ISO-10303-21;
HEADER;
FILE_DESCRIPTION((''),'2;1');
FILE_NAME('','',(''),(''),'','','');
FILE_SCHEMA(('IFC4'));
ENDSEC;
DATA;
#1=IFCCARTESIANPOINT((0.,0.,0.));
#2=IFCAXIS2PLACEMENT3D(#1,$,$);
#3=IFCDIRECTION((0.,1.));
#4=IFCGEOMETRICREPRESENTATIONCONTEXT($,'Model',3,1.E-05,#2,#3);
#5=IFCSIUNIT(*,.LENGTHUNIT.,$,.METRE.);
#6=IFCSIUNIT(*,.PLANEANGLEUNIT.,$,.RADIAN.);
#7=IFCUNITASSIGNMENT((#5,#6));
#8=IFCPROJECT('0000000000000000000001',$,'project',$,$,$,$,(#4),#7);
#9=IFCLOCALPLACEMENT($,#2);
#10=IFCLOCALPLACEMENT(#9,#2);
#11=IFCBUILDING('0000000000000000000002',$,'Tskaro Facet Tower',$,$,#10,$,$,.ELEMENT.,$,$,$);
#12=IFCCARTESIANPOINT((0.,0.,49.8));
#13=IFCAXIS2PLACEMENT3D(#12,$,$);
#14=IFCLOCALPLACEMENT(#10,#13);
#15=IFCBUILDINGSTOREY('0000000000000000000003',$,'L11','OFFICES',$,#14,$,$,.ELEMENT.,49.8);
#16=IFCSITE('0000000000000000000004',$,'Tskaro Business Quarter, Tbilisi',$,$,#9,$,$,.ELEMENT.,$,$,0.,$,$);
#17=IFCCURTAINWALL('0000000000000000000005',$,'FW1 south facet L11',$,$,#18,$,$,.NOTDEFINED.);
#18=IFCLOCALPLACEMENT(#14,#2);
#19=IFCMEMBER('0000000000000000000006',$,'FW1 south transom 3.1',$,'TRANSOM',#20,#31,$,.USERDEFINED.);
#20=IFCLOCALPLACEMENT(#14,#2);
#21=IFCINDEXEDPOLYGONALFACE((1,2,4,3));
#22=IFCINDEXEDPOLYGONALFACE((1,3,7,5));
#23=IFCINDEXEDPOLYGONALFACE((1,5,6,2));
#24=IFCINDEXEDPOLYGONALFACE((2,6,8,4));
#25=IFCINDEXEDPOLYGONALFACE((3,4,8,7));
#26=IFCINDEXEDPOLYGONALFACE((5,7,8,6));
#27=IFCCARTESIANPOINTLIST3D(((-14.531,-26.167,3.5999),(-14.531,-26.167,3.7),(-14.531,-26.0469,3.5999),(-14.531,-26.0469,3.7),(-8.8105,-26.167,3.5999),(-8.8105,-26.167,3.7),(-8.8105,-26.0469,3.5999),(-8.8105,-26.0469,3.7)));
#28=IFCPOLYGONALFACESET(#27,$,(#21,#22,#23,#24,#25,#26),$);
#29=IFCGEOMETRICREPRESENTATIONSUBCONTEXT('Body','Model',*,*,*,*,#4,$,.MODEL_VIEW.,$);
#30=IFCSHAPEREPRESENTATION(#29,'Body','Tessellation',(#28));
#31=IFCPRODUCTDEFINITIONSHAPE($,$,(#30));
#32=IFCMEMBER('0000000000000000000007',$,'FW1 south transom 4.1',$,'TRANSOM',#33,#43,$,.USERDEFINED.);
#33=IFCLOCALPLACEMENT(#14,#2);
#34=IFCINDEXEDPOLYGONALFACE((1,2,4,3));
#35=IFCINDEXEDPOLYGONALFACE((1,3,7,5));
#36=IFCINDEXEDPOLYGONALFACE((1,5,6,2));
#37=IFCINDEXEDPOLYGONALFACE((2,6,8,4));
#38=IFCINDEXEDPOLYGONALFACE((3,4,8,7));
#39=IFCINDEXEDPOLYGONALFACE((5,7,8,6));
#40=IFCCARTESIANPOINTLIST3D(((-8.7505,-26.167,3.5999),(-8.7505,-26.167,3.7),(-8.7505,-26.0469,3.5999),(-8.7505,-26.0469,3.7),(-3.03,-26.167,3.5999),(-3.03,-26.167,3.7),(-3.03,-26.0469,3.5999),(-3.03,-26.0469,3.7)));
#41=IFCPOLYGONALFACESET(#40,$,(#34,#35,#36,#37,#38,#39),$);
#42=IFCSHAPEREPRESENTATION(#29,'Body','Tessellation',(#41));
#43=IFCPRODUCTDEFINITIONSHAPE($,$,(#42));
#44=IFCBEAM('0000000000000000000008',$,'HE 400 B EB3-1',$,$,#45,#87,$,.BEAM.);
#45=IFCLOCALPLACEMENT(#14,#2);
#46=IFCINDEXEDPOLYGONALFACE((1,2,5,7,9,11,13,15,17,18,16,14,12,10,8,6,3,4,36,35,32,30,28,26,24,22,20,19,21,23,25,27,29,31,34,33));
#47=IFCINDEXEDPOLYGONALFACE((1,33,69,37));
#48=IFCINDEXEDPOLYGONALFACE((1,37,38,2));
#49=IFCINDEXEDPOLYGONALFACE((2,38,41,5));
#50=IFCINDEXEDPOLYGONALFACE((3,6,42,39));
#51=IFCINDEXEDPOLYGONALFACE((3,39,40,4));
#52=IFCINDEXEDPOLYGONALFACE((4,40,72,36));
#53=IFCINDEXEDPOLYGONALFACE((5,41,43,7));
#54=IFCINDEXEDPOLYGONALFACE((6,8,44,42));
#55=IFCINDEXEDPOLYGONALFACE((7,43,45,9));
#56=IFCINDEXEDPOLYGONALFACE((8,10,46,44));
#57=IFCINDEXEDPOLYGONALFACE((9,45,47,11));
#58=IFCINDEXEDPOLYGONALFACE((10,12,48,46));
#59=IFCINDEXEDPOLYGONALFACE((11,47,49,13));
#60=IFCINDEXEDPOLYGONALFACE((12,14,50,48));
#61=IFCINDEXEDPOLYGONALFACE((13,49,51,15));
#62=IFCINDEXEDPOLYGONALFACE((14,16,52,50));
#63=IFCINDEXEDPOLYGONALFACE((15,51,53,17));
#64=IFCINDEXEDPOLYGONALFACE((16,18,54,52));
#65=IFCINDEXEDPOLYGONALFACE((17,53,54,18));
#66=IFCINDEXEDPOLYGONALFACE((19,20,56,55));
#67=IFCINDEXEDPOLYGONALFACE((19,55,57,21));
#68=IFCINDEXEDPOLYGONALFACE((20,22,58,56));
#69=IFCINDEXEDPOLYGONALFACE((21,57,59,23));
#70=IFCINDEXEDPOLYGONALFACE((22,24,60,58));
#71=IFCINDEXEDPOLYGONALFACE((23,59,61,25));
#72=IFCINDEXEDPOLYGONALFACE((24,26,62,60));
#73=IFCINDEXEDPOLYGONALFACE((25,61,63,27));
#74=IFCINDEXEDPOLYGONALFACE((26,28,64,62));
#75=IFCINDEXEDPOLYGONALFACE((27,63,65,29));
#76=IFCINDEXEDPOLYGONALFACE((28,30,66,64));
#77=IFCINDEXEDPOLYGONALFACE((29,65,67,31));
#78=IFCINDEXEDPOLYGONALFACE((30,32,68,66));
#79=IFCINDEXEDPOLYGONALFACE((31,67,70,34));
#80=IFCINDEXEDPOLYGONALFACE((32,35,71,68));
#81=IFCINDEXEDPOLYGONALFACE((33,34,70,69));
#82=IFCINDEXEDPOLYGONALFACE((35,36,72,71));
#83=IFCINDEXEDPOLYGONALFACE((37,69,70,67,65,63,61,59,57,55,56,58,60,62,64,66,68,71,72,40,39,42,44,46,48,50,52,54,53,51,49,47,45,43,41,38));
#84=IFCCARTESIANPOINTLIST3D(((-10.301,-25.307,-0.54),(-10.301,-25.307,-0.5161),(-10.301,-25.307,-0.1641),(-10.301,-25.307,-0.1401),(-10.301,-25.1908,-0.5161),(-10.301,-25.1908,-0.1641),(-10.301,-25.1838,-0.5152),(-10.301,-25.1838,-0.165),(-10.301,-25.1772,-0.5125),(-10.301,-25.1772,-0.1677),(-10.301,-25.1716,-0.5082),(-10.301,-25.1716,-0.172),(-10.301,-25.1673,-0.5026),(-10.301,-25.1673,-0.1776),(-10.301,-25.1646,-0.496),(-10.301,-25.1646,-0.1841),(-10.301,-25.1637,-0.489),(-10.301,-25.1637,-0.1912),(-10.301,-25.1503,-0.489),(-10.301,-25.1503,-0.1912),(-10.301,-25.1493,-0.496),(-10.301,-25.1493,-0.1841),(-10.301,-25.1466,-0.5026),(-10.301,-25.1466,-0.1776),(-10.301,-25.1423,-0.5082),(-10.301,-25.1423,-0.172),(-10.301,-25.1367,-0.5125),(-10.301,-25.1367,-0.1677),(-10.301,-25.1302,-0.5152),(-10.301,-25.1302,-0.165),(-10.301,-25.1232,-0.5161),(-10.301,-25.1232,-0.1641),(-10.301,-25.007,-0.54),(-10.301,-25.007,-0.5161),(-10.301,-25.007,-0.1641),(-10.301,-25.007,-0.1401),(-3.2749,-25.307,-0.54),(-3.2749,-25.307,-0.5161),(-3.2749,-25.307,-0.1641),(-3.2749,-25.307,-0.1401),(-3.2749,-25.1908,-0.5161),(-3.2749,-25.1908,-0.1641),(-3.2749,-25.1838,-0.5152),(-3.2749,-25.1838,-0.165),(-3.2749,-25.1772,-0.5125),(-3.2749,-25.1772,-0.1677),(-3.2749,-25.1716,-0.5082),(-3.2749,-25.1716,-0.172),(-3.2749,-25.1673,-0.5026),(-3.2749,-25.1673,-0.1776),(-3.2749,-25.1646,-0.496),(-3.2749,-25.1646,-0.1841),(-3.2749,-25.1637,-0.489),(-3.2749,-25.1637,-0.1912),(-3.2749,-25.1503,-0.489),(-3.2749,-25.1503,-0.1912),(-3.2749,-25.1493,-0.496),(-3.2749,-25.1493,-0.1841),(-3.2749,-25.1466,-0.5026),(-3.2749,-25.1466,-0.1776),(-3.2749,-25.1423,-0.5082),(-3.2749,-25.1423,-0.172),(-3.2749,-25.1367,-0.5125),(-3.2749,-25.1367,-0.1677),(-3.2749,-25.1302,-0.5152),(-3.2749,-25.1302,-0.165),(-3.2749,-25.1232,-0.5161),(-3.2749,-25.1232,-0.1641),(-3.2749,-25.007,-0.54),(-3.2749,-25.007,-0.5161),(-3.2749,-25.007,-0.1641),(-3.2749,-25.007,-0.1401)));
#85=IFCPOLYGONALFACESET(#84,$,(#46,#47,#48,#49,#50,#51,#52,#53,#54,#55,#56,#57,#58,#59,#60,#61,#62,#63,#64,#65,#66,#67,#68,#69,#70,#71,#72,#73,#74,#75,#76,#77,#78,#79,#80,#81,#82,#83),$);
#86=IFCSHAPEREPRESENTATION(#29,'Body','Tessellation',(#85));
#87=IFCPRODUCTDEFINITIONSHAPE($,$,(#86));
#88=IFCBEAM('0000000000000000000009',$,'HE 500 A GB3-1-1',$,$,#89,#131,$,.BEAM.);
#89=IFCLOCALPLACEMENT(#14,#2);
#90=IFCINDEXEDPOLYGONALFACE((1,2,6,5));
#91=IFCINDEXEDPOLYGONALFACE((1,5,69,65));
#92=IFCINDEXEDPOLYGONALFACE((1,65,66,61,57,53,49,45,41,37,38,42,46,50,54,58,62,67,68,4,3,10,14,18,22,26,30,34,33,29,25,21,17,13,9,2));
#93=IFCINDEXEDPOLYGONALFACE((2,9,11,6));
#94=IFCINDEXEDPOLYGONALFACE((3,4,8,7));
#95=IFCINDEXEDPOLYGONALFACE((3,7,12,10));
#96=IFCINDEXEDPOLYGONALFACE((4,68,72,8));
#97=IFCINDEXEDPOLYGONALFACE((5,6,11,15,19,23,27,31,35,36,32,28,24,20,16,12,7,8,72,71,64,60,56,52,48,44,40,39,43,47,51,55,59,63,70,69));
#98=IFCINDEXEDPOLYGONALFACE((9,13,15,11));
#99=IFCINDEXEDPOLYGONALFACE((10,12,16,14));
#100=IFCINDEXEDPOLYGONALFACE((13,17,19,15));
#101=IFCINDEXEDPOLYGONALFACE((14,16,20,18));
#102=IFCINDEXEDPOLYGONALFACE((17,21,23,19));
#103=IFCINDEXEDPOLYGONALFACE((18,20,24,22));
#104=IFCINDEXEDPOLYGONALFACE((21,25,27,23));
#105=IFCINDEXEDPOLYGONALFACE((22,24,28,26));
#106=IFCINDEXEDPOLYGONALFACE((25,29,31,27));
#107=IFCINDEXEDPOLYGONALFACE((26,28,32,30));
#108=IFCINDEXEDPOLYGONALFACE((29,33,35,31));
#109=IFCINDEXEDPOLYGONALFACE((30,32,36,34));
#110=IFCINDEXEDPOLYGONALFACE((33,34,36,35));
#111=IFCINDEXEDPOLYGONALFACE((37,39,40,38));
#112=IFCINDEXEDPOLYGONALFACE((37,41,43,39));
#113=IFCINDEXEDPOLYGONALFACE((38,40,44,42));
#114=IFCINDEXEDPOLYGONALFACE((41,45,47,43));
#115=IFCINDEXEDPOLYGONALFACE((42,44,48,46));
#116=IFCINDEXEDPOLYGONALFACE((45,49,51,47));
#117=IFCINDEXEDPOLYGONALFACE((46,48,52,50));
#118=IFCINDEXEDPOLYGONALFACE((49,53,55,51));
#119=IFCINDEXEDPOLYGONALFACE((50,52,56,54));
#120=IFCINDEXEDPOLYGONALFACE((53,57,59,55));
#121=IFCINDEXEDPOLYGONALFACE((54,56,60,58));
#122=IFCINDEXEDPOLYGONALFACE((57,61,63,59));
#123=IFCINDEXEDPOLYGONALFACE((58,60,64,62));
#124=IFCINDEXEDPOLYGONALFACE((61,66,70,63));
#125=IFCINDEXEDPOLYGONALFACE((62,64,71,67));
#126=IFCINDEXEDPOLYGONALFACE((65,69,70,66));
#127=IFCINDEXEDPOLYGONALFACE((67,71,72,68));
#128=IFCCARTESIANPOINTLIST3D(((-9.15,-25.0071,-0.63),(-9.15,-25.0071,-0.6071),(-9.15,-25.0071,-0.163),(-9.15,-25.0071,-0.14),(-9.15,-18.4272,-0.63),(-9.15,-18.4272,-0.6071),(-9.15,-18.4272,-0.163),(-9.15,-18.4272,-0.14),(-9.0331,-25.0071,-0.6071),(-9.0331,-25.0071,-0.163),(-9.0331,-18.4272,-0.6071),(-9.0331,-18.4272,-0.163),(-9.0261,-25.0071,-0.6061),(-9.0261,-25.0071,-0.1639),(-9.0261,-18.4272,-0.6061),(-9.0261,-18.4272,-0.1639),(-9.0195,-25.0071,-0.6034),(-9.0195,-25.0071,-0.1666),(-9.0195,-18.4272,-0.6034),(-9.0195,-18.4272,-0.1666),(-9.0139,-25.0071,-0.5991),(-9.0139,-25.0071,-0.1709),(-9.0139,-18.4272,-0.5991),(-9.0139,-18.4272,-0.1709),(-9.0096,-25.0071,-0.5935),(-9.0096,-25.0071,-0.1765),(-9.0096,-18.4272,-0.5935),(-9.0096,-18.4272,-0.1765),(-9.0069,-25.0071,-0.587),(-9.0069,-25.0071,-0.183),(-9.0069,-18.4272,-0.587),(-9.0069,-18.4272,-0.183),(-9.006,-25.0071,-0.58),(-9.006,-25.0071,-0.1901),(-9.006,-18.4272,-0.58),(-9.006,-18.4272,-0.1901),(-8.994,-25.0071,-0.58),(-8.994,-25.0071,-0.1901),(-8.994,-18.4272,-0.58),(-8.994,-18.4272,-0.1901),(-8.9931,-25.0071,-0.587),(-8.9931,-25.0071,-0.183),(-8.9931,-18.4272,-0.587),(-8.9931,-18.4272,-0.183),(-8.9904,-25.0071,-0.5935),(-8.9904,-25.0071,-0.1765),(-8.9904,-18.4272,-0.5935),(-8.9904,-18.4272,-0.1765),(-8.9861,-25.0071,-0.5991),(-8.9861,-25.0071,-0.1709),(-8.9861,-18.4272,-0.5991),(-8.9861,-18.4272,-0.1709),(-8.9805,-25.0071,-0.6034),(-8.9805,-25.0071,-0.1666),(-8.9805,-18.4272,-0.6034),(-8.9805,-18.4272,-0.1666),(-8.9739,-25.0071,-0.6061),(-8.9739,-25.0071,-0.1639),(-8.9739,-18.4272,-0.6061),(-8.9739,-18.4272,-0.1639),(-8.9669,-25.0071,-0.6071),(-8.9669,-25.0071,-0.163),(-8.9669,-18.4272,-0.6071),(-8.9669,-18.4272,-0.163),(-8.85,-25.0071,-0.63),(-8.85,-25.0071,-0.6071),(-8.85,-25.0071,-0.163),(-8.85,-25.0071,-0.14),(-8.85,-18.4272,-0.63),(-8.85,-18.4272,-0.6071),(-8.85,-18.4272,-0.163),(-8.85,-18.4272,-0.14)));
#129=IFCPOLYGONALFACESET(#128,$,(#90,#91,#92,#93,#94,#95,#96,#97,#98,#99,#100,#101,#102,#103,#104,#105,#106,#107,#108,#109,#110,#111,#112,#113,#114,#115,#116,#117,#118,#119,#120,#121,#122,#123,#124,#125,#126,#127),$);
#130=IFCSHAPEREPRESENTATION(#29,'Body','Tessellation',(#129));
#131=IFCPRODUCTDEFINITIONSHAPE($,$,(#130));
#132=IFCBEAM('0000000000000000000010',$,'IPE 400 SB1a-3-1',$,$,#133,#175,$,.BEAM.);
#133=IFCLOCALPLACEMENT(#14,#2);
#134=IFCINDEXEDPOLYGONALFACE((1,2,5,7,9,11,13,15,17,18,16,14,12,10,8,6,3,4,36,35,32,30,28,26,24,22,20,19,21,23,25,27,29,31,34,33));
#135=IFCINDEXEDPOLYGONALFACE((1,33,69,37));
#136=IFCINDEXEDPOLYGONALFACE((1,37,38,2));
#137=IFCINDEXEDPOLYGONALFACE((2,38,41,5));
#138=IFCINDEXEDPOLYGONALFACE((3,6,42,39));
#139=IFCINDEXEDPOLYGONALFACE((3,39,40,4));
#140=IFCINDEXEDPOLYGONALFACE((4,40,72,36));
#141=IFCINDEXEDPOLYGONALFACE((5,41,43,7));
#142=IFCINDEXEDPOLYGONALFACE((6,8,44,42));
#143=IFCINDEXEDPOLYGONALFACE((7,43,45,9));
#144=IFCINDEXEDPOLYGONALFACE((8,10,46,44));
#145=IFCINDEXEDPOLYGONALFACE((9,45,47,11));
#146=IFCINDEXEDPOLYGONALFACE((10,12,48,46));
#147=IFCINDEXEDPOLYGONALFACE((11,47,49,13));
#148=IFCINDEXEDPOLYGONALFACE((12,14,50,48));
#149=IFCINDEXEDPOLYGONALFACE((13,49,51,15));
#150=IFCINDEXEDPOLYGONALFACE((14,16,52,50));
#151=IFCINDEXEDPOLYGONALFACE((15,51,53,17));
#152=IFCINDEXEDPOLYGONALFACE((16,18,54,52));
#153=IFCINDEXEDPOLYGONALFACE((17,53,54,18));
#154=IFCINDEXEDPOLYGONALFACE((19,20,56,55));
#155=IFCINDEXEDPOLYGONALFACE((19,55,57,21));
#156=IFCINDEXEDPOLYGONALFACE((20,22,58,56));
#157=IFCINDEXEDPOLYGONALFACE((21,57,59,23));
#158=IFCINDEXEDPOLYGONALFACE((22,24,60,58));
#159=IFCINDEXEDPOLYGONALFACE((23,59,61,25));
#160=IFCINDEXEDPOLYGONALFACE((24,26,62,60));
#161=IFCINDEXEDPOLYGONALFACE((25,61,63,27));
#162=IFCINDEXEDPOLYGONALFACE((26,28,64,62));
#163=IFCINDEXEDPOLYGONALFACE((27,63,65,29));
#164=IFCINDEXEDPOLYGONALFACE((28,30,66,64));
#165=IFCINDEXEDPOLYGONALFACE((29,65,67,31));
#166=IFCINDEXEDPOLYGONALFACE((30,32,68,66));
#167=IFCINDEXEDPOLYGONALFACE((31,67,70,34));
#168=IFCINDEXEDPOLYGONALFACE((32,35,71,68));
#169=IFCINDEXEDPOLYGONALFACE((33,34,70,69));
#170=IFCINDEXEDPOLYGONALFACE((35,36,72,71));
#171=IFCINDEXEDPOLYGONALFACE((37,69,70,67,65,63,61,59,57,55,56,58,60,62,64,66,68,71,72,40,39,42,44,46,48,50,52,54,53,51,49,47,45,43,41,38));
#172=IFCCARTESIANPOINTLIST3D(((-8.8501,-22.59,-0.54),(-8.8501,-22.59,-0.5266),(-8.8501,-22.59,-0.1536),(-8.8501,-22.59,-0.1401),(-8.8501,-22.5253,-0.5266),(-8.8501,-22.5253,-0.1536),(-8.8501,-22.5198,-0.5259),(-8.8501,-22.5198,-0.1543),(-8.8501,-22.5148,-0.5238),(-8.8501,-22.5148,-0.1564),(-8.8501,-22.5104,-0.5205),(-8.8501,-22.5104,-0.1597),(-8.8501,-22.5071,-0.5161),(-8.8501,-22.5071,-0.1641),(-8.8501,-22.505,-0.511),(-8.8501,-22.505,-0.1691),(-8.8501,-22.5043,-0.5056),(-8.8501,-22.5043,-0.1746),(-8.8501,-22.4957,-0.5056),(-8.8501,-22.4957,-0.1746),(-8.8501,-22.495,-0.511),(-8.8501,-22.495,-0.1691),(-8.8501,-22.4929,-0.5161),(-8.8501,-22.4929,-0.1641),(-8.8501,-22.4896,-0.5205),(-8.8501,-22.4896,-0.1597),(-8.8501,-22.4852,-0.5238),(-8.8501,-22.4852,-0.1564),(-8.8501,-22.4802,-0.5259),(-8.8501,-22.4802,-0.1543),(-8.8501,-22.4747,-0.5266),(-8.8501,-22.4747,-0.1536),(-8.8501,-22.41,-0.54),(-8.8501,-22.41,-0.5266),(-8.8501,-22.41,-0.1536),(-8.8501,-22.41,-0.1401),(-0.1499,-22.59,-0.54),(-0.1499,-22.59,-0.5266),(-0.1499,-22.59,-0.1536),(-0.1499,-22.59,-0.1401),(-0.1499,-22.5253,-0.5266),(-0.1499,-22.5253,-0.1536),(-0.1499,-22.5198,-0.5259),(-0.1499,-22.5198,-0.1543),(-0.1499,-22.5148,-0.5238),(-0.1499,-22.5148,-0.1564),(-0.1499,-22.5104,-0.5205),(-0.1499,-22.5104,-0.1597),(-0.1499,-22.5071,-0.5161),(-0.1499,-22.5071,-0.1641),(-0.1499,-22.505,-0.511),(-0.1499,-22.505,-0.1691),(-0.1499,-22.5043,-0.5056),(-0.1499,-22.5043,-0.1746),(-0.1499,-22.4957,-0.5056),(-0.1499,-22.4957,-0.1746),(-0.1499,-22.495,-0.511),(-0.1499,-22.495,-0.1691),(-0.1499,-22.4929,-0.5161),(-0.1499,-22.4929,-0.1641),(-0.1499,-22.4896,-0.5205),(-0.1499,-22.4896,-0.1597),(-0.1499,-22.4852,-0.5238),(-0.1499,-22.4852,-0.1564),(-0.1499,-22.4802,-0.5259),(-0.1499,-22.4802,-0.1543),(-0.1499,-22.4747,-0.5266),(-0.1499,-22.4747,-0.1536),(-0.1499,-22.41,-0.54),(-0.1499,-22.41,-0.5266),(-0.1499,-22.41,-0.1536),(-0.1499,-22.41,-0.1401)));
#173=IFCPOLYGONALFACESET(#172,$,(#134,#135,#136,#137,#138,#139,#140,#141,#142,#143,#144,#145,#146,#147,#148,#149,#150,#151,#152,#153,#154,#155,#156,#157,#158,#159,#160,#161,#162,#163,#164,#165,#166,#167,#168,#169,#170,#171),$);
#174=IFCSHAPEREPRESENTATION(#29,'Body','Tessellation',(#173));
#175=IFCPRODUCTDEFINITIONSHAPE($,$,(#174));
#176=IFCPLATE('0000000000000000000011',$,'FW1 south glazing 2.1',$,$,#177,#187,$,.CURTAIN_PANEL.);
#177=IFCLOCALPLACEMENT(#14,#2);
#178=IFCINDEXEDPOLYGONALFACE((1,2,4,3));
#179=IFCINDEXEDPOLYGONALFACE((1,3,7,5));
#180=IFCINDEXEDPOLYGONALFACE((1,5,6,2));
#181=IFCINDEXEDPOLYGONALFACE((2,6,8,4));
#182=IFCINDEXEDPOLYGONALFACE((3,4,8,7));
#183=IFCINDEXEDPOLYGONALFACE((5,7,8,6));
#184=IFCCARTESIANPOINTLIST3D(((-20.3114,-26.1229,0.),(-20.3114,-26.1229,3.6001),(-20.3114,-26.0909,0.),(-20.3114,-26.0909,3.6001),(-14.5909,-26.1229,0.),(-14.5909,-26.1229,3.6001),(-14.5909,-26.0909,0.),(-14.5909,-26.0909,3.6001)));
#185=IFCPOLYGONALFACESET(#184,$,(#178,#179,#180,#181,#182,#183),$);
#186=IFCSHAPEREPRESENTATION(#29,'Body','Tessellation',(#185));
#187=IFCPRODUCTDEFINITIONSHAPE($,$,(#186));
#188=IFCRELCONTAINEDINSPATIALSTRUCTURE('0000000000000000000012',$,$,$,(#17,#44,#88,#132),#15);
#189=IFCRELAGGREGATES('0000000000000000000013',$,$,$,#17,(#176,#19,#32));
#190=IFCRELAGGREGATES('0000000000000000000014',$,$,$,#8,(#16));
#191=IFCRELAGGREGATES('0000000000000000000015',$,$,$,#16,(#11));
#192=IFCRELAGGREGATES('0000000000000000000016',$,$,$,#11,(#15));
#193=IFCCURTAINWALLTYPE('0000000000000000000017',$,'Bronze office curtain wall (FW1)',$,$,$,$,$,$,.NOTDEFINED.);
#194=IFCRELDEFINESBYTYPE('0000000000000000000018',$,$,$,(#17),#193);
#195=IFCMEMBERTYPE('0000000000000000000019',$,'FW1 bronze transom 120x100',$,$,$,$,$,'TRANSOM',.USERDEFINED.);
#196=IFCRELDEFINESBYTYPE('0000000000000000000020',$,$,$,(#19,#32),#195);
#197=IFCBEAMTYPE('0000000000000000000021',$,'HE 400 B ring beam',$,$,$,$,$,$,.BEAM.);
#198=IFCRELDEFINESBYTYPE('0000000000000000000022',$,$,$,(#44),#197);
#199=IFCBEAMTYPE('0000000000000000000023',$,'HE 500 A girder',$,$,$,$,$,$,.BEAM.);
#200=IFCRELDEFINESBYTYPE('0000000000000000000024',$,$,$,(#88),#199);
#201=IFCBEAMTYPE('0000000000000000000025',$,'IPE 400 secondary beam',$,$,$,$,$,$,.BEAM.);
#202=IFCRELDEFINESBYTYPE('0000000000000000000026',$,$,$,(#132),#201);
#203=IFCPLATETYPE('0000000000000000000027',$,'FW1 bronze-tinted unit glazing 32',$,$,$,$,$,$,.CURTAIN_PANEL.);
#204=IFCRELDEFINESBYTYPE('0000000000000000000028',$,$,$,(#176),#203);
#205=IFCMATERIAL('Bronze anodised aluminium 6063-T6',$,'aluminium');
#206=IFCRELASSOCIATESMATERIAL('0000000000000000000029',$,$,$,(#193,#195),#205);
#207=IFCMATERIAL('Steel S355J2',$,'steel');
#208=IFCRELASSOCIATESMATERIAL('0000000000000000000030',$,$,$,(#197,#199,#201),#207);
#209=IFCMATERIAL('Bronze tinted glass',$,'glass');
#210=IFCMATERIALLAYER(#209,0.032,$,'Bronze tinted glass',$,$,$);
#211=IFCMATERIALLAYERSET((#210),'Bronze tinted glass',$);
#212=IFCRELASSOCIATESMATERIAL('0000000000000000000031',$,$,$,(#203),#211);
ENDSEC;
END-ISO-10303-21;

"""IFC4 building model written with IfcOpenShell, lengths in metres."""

from ifc_helpers import new_model, si_unit, direction, frame, origin, origin_2d, place, context, subcontext, project, spatial, rectangle, i_section, extrude, material, layer, layer_set, material_profile, profile_set, type_object, element, aggregate, save


model = new_model("IFC4")

# Units and contexts
model_context = context("Model", 3, precision=1e-05, world=origin(), true_north=direction((0.0, 1.0)))
body_context = subcontext(model_context, "Body", "Model", "MODEL_VIEW")
ifc_project = project(units=[si_unit("LENGTHUNIT", "METRE"), si_unit("PLANEANGLEUNIT", "RADIAN")], contexts=[model_context])

# Site, building, storey
site_placement = place(None, origin())
site = spatial("IfcSite", under=ifc_project, at=site_placement, Name="Tskaro Business Quarter, Tbilisi", CompositionType="ELEMENT", RefElevation=0.0)
building_placement = place(site_placement, origin())
building = spatial("IfcBuilding", under=site, at=building_placement, Name="Tskaro Facet Tower", CompositionType="ELEMENT")
storey_placement = place(building_placement, frame((0.0, 0.0, 49.8)))
storey = spatial("IfcBuildingStorey", under=building, at=storey_placement, Name="L11", Description="OFFICES", CompositionType="ELEMENT", Elevation=49.8)

# Curtain wall, members
ifc_material_1 = material(Name="Bronze anodised aluminium 6063-T6", Category="aluminium")
curtain_wall_type = type_object("IfcCurtainWallType", Name="Bronze office curtain wall (FW1)", PredefinedType="NOTDEFINED", material=ifc_material_1)
curtain_wall_placement = place(storey_placement, origin())
curtain_wall = element("IfcCurtainWall", 1, at=curtain_wall_placement, inside=storey, type_object=curtain_wall_type, Name="FW1 south facet L11", PredefinedType="NOTDEFINED")
ifc_material_profile_1 = material_profile(ifc_material_1, rectangle(XDim=0.1201, YDim=0.1001, at=origin_2d()), Name="Transom 120x100")
ifc_profile_set_1 = profile_set([ifc_material_profile_1], Name="Bronze anodised aluminium 6063-T6")
member_type_1 = type_object("IfcMemberType", Name="FW1 bronze transom 120x100", ElementType="TRANSOM", PredefinedType="USERDEFINED", material=ifc_profile_set_1)
member_1_placement = place(storey_placement, frame((-14.531, -26.1069, 3.6499), z_axis=(1.0, 0.0, 0.0), x_axis=(0.0, 1.0, 0.0)))
member_1 = element("IfcMember", 2, at=member_1_placement, type_object=member_type_1, Name="FW1 south transom 3.1", ObjectType="TRANSOM", PredefinedType="USERDEFINED", context=body_context, shape_type="SweptSolid", body=[
    extrude(rectangle(XDim=0.1201, YDim=0.1001, at=origin_2d()), origin(), (0.0, 0.0, 1.0), 5.7205),
])
member_2_placement = place(storey_placement, frame((-8.7505, -26.1069, 3.6499), z_axis=(1.0, 0.0, 0.0), x_axis=(0.0, 1.0, 0.0)))
member_2 = element("IfcMember", 3, at=member_2_placement, type_object=member_type_1, Name="FW1 south transom 4.1", ObjectType="TRANSOM", PredefinedType="USERDEFINED", context=body_context, shape_type="SweptSolid", body=[
    extrude(rectangle(XDim=0.1201, YDim=0.1001, at=origin_2d()), origin(), (0.0, 0.0, 1.0), 5.7205),
])

# Beams
ifc_material_2 = material(Name="Steel S355J2", Category="steel")
ifc_material_profile_2 = material_profile(ifc_material_2, i_section(OverallWidth=0.3, OverallDepth=0.3999, WebThickness=0.0134, FlangeThickness=0.0239, FilletRadius=0.0271, at=origin_2d()), Name="HE 400 B")
ifc_profile_set_2 = profile_set([ifc_material_profile_2], Name="Steel S355J2")
beam_type_1 = type_object("IfcBeamType", Name="HE 400 B ring beam", PredefinedType="BEAM", material=ifc_profile_set_2)
beam_1_placement = place(storey_placement, frame((-10.301, -25.157, -0.3401), z_axis=(1.0, 0.0, 0.0), x_axis=(0.0, 1.0, 0.0)))
element("IfcBeam", 4, at=beam_1_placement, inside=storey, type_object=beam_type_1, Name="HE 400 B EB3-1", PredefinedType="BEAM", context=body_context, shape_type="SweptSolid", body=[
    extrude(i_section(OverallWidth=0.3, OverallDepth=0.3999, WebThickness=0.0134, FlangeThickness=0.0239, FilletRadius=0.0271, at=origin_2d()), origin(), (0.0, 0.0, 1.0), 7.0261),
])
ifc_material_profile_3 = material_profile(ifc_material_2, i_section(OverallWidth=0.3, OverallDepth=0.49, WebThickness=0.012, FlangeThickness=0.0229, FilletRadius=0.0271, at=origin_2d()), Name="HE 500 A")
ifc_profile_set_3 = profile_set([ifc_material_profile_3], Name="Steel S355J2")
beam_type_2 = type_object("IfcBeamType", Name="HE 500 A girder", PredefinedType="BEAM", material=ifc_profile_set_3)
beam_2_placement = place(storey_placement, frame((-9.0, -25.0071, -0.385), z_axis=(0.0, 1.0, 0.0), x_axis=(-1.0, 0.0, 0.0)))
element("IfcBeam", 5, at=beam_2_placement, inside=storey, type_object=beam_type_2, Name="HE 500 A GB3-1-1", PredefinedType="BEAM", context=body_context, shape_type="SweptSolid", body=[
    extrude(i_section(OverallWidth=0.3, OverallDepth=0.49, WebThickness=0.012, FlangeThickness=0.0229, FilletRadius=0.0271, at=origin_2d()), origin(), (0.0, 0.0, 1.0), 6.5798),
])
ifc_material_profile_4 = material_profile(ifc_material_2, i_section(OverallWidth=0.1799, OverallDepth=0.3999, WebThickness=0.0085, FlangeThickness=0.0134, FilletRadius=0.021, at=origin_2d()), Name="IPE 400")
ifc_profile_set_4 = profile_set([ifc_material_profile_4], Name="Steel S355J2")
beam_type_3 = type_object("IfcBeamType", Name="IPE 400 secondary beam", PredefinedType="BEAM", material=ifc_profile_set_4)
beam_3_placement = place(storey_placement, frame((-8.8501, -22.5, -0.3401), z_axis=(1.0, 0.0, 0.0), x_axis=(0.0, 1.0, 0.0)))
element("IfcBeam", 6, at=beam_3_placement, inside=storey, type_object=beam_type_3, Name="IPE 400 SB1a-3-1", PredefinedType="BEAM", context=body_context, shape_type="SweptSolid", body=[
    extrude(i_section(OverallWidth=0.1799, OverallDepth=0.3999, WebThickness=0.0085, FlangeThickness=0.0134, FilletRadius=0.021, at=origin_2d()), origin(), (0.0, 0.0, 1.0), 8.7002),
])

# Plate
ifc_material_3 = material(Name="Bronze tinted glass", Category="glass")
ifc_layer_1 = layer(ifc_material_3, 0.032, Name="Bronze tinted glass")
ifc_layer_set_1 = layer_set([ifc_layer_1], Name="Bronze tinted glass")
plate_type = type_object("IfcPlateType", Name="FW1 bronze-tinted unit glazing 32", PredefinedType="CURTAIN_PANEL", material=ifc_layer_set_1)
plate_1_placement = place(storey_placement, frame((-17.4512, -26.1069, 0.0), z_axis=(0.0, 0.0, 1.0), x_axis=(1.0, 0.0, 0.0)))
plate_1 = element("IfcPlate", 7, at=plate_1_placement, type_object=plate_type, Name="FW1 south glazing 2.1", PredefinedType="CURTAIN_PANEL", context=body_context, shape_type="SweptSolid", body=[
    extrude(rectangle(XDim=5.7205, YDim=0.032, at=origin_2d()), origin(), (0.0, 0.0, 1.0), 3.6001),
])
aggregate(curtain_wall, [plate_1, member_1, member_2])

save(model, "model.ifc")
